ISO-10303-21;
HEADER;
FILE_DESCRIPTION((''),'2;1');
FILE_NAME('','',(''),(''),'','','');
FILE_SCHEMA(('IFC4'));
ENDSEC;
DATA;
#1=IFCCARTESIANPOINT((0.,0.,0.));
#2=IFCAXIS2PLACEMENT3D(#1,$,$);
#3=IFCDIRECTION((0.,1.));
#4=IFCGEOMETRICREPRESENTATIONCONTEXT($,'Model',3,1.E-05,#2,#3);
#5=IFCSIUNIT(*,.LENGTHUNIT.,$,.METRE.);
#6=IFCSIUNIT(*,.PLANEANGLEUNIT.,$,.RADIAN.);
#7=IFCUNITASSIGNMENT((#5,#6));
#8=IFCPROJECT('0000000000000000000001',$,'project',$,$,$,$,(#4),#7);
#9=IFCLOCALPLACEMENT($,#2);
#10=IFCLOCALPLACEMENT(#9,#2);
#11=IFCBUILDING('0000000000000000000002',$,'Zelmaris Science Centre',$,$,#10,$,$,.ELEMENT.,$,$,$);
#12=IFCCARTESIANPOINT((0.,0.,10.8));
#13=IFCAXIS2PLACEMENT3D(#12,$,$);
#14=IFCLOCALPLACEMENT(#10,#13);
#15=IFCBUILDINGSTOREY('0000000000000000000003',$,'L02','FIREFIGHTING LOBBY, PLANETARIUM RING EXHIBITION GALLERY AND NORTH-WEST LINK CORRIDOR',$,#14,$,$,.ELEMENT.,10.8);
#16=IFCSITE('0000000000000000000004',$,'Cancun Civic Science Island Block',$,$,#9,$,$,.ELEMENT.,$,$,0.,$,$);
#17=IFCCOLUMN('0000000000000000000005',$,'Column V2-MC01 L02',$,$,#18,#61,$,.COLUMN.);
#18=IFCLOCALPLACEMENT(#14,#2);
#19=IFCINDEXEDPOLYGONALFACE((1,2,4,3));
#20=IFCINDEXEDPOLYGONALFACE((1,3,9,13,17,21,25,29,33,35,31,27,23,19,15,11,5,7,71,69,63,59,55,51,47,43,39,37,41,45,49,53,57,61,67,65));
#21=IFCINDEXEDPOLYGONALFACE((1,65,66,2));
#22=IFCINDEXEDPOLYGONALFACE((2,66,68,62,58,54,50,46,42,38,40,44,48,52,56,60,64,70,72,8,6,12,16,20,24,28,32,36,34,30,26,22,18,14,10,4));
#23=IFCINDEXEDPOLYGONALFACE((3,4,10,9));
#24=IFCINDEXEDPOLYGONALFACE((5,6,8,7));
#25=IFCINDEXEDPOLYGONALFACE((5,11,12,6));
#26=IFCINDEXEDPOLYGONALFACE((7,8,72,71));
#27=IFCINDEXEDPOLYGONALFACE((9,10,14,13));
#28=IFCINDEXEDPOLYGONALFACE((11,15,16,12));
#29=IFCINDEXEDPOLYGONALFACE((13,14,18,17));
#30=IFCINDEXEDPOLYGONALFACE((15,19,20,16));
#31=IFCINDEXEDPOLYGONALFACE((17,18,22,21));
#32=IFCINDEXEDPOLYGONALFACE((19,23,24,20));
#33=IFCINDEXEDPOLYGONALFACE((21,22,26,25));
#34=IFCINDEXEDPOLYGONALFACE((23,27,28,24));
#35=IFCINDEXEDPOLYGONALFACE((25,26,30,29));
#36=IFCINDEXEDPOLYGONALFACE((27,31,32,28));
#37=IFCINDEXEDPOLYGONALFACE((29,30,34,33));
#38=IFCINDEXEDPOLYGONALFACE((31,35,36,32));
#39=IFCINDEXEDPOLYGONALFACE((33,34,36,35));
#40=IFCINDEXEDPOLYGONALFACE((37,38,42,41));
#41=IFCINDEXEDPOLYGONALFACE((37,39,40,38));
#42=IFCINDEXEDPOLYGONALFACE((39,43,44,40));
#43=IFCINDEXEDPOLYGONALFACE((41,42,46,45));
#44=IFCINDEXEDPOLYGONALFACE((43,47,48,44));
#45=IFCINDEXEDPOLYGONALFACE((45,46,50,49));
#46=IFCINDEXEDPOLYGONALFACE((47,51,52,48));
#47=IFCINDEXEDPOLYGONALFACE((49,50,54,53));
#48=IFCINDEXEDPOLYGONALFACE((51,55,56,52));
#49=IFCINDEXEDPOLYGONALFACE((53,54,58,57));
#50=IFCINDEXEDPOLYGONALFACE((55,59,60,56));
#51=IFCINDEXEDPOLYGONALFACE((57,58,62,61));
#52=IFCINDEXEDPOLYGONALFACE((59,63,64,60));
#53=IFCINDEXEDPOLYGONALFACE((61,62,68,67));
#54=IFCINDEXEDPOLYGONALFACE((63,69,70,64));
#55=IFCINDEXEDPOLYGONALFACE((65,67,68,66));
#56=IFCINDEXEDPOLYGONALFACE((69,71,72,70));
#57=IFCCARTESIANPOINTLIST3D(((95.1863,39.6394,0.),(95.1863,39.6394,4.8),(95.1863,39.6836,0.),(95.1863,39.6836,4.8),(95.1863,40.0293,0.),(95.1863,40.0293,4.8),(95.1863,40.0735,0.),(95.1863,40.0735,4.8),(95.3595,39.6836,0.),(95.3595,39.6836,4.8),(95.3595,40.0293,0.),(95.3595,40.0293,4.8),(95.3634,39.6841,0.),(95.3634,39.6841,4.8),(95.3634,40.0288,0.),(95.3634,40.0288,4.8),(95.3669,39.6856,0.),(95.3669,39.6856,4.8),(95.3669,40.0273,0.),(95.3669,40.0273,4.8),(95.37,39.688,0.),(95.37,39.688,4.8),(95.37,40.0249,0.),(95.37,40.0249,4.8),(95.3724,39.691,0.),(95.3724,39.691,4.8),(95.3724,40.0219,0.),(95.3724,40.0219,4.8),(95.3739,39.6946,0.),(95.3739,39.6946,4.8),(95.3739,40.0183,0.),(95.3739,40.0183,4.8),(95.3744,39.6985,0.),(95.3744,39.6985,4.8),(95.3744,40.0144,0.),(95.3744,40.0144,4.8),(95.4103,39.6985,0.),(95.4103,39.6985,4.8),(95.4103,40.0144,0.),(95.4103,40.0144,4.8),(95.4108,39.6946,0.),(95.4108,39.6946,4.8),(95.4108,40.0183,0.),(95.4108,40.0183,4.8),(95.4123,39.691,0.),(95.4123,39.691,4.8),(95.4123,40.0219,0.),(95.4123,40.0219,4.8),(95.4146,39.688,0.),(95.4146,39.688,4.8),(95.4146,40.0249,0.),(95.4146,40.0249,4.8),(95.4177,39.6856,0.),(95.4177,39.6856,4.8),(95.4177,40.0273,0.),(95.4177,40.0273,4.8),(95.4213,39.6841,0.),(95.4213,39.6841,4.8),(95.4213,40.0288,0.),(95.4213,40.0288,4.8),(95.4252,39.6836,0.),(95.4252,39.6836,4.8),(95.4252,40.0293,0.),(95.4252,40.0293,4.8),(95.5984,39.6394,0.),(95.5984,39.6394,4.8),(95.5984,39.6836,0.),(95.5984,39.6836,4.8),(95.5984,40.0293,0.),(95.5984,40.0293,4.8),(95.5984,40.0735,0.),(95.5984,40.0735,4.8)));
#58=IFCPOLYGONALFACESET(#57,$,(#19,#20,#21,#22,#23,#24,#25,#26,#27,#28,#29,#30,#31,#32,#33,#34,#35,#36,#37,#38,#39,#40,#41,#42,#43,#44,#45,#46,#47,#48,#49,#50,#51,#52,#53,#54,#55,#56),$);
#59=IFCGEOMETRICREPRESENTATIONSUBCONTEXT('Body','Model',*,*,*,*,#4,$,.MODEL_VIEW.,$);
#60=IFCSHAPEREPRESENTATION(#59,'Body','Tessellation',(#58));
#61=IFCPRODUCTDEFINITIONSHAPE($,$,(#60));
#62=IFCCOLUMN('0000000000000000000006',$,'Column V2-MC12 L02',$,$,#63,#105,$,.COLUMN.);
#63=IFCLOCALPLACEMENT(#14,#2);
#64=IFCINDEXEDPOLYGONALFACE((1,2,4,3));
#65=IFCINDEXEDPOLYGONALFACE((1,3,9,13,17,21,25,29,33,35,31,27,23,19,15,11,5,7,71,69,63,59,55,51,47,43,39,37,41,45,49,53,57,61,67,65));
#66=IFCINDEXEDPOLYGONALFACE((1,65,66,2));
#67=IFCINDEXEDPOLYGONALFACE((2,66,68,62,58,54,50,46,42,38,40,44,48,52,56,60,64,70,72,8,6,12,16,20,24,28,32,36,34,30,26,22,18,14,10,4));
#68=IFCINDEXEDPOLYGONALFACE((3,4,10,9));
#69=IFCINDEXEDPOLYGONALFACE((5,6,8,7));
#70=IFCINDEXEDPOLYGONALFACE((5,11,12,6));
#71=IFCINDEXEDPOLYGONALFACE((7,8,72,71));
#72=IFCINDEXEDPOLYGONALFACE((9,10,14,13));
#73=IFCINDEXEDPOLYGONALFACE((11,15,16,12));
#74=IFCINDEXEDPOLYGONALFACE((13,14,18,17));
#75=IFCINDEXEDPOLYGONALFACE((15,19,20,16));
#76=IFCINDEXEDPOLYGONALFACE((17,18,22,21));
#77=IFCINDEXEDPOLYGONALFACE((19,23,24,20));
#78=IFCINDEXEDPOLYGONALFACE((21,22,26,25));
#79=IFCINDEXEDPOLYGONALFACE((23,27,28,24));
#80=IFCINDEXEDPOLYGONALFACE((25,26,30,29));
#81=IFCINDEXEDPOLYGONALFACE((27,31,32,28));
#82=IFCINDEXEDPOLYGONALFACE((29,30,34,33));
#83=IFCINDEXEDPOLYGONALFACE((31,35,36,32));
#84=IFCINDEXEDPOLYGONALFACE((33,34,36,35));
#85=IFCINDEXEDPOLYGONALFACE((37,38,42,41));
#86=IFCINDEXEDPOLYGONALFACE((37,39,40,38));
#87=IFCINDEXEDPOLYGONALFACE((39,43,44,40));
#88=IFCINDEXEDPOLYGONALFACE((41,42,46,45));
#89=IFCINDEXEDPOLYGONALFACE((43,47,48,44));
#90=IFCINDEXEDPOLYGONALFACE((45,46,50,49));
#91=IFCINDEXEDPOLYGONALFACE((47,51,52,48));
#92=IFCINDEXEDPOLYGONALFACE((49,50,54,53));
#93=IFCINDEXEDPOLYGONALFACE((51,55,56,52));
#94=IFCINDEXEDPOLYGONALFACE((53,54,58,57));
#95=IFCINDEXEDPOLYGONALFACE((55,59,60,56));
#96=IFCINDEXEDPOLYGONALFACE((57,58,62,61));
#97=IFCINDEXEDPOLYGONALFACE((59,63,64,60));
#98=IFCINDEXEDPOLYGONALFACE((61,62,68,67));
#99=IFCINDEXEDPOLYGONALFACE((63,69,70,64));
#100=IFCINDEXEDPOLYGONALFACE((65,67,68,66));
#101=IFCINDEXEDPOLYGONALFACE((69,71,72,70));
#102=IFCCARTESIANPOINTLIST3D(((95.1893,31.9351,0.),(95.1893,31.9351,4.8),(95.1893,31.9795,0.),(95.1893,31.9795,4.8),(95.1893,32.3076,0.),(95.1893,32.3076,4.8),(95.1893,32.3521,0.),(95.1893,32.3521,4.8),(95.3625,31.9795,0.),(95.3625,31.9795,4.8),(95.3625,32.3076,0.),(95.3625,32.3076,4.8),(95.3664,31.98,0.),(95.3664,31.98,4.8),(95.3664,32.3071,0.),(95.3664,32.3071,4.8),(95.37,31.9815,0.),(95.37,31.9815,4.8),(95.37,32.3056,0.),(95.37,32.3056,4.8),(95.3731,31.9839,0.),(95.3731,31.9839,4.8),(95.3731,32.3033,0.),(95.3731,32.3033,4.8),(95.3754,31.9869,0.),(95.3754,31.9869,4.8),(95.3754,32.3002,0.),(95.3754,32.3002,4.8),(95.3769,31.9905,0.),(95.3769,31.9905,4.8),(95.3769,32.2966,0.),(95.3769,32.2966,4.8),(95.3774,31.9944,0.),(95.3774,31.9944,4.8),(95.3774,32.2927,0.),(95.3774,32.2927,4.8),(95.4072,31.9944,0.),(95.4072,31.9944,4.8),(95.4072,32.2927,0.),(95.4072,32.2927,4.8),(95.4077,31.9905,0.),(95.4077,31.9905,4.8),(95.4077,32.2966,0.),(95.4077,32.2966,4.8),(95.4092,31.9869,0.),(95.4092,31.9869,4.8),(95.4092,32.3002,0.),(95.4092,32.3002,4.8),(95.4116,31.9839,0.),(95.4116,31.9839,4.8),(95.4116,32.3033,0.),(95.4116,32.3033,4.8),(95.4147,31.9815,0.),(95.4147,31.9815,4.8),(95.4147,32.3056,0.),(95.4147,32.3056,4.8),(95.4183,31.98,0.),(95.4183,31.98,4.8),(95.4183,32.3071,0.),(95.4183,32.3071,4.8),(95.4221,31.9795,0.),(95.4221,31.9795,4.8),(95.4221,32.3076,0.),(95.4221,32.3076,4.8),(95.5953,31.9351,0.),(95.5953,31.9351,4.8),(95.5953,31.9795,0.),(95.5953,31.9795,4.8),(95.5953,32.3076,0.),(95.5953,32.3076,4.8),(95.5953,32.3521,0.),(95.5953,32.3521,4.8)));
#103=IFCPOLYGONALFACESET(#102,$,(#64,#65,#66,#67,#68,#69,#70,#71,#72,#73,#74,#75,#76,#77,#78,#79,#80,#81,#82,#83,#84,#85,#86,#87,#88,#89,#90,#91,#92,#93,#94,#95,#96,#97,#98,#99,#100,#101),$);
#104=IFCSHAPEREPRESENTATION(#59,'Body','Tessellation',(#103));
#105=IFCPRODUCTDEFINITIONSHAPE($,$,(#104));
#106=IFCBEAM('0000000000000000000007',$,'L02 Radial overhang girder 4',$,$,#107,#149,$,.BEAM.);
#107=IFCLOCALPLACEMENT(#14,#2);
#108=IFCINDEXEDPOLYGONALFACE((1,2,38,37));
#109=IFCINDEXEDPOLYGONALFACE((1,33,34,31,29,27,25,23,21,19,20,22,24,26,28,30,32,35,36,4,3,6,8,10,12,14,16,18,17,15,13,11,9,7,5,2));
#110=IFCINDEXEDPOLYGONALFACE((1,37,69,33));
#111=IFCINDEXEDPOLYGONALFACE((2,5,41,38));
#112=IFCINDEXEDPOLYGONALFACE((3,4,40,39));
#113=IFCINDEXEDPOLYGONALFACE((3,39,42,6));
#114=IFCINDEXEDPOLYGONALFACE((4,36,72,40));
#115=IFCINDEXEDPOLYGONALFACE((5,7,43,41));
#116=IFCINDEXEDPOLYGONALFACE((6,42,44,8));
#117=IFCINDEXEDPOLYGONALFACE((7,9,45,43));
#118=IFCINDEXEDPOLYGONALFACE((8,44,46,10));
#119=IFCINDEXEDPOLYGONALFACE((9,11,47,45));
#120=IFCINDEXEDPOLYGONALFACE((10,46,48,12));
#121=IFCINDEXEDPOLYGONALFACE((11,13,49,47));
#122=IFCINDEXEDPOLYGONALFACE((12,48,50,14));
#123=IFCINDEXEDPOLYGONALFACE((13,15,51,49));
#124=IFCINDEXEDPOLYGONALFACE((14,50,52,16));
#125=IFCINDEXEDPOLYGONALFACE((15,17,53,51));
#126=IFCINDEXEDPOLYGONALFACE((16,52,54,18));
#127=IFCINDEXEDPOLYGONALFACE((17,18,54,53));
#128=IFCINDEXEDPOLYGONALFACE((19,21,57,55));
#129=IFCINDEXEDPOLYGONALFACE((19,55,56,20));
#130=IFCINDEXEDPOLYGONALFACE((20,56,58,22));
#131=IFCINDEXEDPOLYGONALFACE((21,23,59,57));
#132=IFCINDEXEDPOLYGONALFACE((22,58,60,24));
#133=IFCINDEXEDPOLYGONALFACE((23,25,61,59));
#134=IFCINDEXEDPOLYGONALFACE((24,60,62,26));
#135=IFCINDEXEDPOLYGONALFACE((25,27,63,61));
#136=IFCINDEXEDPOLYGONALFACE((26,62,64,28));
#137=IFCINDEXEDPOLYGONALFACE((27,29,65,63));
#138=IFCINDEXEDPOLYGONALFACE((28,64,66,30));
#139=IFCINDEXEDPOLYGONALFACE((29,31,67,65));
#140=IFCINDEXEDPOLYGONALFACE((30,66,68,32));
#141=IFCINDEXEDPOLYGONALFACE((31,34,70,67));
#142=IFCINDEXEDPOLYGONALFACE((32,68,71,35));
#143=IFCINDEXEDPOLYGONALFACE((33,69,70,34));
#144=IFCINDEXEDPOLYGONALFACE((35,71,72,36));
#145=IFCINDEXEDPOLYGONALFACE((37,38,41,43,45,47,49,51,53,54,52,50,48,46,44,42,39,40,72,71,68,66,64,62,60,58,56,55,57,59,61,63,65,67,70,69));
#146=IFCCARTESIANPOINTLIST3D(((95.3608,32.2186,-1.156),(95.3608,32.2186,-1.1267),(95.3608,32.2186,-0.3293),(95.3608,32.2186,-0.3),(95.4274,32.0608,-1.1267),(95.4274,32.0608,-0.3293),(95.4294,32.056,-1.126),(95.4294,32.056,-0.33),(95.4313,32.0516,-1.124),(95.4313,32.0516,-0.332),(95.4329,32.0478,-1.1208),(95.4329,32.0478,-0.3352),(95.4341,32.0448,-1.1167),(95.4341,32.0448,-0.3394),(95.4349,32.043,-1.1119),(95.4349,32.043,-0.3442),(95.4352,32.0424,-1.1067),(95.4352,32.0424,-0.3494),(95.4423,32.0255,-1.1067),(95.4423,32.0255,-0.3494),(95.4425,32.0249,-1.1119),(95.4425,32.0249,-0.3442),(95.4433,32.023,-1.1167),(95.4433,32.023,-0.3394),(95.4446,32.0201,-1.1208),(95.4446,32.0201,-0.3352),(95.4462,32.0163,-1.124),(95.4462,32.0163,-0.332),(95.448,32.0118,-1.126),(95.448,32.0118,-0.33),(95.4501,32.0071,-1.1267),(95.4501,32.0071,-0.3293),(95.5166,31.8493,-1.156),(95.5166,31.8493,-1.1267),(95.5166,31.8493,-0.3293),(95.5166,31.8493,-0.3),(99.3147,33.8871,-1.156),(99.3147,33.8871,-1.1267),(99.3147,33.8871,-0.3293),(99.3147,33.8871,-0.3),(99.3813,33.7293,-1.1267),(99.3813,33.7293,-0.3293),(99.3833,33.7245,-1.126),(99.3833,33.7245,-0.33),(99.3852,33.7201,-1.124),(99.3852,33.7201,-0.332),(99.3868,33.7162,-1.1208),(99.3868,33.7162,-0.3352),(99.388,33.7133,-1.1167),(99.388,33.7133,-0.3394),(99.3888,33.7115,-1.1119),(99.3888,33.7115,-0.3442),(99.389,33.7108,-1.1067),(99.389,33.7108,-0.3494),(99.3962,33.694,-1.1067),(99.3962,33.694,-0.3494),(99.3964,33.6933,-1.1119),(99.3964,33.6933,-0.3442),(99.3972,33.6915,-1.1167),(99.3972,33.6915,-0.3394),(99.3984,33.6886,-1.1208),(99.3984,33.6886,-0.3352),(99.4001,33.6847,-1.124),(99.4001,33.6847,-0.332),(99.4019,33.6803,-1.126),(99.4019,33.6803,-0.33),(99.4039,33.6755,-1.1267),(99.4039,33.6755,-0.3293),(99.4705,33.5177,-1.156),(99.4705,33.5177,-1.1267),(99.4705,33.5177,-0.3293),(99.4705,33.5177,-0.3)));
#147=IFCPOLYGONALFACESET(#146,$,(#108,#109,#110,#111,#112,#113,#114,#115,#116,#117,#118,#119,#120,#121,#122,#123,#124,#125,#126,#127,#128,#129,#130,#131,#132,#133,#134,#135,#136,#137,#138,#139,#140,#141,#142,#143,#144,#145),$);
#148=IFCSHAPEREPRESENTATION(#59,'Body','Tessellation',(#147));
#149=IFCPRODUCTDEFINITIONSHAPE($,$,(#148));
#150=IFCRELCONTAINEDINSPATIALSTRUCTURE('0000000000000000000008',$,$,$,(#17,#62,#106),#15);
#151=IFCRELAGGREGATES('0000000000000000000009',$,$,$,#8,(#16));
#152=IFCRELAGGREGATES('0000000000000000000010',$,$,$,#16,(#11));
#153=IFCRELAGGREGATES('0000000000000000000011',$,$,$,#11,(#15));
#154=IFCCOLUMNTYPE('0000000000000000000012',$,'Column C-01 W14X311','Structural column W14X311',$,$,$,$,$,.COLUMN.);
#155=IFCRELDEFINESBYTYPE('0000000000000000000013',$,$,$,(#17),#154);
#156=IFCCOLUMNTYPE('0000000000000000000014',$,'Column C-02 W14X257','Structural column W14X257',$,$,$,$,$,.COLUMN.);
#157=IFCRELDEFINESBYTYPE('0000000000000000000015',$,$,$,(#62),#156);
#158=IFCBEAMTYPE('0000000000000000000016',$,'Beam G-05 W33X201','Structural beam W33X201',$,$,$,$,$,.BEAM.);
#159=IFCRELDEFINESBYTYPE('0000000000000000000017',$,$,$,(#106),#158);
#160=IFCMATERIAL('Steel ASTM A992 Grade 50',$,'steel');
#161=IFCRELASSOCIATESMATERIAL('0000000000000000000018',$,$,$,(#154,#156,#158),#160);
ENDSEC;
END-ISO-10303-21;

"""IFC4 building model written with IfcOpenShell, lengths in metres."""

from ifc_helpers import new_model, si_unit, direction, frame, origin, origin_2d, place, context, subcontext, project, spatial, i_section, extrude, material, material_profile, profile_set, type_object, element, save


model = new_model("IFC4")

# Units and contexts
model_context = context("Model", 3, precision=1e-05, world=origin(), true_north=direction((0.0, 1.0)))
body_context = subcontext(model_context, "Body", "Model", "MODEL_VIEW")
ifc_project = project(units=[si_unit("LENGTHUNIT", "METRE"), si_unit("PLANEANGLEUNIT", "RADIAN")], contexts=[model_context])

# Site, building, storey
site_placement = place(None, origin())
site = spatial("IfcSite", under=ifc_project, at=site_placement, Name="Cancun Civic Science Island Block", CompositionType="ELEMENT", RefElevation=0.0)
building_placement = place(site_placement, origin())
building = spatial("IfcBuilding", under=site, at=building_placement, Name="Zelmaris Science Centre", CompositionType="ELEMENT")
storey_placement = place(building_placement, frame((0.0, 0.0, 10.8)))
storey = spatial("IfcBuildingStorey", under=building, at=storey_placement, Name="L02", Description="FIREFIGHTING LOBBY, PLANETARIUM RING EXHIBITION GALLERY AND NORTH-WEST LINK CORRIDOR", CompositionType="ELEMENT", Elevation=10.8)

# Columns
ifc_material_1 = material(Name="Steel ASTM A992 Grade 50", Category="steel")
ifc_material_profile_1 = material_profile(ifc_material_1, i_section(OverallWidth=0.4121, OverallDepth=0.4341, WebThickness=0.0359, FlangeThickness=0.0442, FilletRadius=0.0149, at=origin_2d()), Name="W14X311")
ifc_profile_set_1 = profile_set([ifc_material_profile_1], Name="Steel ASTM A992 Grade 50")
column_type_1 = type_object("IfcColumnType", Name="Column C-01 W14X311", Description="Structural column W14X311", PredefinedType="COLUMN", material=ifc_profile_set_1)
column_1_placement = place(storey_placement, frame((95.3923, 39.8564, 0.0), z_axis=(0.0, 0.0, 1.0), x_axis=(1.0, 0.0, 0.0)))
element("IfcColumn", 1, at=column_1_placement, inside=storey, type_object=column_type_1, Name="Column V2-MC01 L02", PredefinedType="COLUMN", context=body_context, shape_type="SweptSolid", body=[
    extrude(i_section(OverallWidth=0.4121, OverallDepth=0.4341, WebThickness=0.0359, FlangeThickness=0.0442, FilletRadius=0.0149, at=origin_2d()), origin(), (0.0, 0.0, 1.0), 4.8),
])
ifc_material_profile_2 = material_profile(ifc_material_1, i_section(OverallWidth=0.406, OverallDepth=0.417, WebThickness=0.0298, FlangeThickness=0.0444, FilletRadius=0.0149, at=origin_2d()), Name="W14X257")
ifc_profile_set_2 = profile_set([ifc_material_profile_2], Name="Steel ASTM A992 Grade 50")
column_type_2 = type_object("IfcColumnType", Name="Column C-02 W14X257", Description="Structural column W14X257", PredefinedType="COLUMN", material=ifc_profile_set_2)
column_2_placement = place(storey_placement, frame((95.3923, 32.1436, 0.0), z_axis=(0.0, 0.0, 1.0), x_axis=(1.0, 0.0, 0.0)))
element("IfcColumn", 2, at=column_2_placement, inside=storey, type_object=column_type_2, Name="Column V2-MC12 L02", PredefinedType="COLUMN", context=body_context, shape_type="SweptSolid", body=[
    extrude(i_section(OverallWidth=0.406, OverallDepth=0.417, WebThickness=0.0298, FlangeThickness=0.0444, FilletRadius=0.0149, at=origin_2d()), origin(), (0.0, 0.0, 1.0), 4.8),
])

# Beam
ifc_material_profile_3 = material_profile(ifc_material_1, i_section(OverallWidth=0.4009, OverallDepth=0.856, WebThickness=0.0183, FlangeThickness=0.0293, FilletRadius=0.02, at=origin_2d()), Name="W33X201")
ifc_profile_set_3 = profile_set([ifc_material_profile_3], Name="Steel ASTM A992 Grade 50")
beam_type_1 = type_object("IfcBeamType", Name="Beam G-05 W33X201", Description="Structural beam W33X201", PredefinedType="BEAM", material=ifc_profile_set_3)
beam_1_placement = place(storey_placement, frame((95.4387, 32.0339, -0.728), z_axis=(0.921329, 0.388784, 0.0), x_axis=(-0.388784, 0.921329, 0.0)))
element("IfcBeam", 3, at=beam_1_placement, inside=storey, type_object=beam_type_1, Name="L02 Radial overhang girder 4", PredefinedType="BEAM", context=body_context, shape_type="SweptSolid", body=[
    extrude(i_section(OverallWidth=0.4009, OverallDepth=0.856, WebThickness=0.0183, FlangeThickness=0.0293, FilletRadius=0.02, at=origin_2d()), origin(), (0.0, 0.0, 1.0), 4.2915),
])

save(model, "model.ifc")
